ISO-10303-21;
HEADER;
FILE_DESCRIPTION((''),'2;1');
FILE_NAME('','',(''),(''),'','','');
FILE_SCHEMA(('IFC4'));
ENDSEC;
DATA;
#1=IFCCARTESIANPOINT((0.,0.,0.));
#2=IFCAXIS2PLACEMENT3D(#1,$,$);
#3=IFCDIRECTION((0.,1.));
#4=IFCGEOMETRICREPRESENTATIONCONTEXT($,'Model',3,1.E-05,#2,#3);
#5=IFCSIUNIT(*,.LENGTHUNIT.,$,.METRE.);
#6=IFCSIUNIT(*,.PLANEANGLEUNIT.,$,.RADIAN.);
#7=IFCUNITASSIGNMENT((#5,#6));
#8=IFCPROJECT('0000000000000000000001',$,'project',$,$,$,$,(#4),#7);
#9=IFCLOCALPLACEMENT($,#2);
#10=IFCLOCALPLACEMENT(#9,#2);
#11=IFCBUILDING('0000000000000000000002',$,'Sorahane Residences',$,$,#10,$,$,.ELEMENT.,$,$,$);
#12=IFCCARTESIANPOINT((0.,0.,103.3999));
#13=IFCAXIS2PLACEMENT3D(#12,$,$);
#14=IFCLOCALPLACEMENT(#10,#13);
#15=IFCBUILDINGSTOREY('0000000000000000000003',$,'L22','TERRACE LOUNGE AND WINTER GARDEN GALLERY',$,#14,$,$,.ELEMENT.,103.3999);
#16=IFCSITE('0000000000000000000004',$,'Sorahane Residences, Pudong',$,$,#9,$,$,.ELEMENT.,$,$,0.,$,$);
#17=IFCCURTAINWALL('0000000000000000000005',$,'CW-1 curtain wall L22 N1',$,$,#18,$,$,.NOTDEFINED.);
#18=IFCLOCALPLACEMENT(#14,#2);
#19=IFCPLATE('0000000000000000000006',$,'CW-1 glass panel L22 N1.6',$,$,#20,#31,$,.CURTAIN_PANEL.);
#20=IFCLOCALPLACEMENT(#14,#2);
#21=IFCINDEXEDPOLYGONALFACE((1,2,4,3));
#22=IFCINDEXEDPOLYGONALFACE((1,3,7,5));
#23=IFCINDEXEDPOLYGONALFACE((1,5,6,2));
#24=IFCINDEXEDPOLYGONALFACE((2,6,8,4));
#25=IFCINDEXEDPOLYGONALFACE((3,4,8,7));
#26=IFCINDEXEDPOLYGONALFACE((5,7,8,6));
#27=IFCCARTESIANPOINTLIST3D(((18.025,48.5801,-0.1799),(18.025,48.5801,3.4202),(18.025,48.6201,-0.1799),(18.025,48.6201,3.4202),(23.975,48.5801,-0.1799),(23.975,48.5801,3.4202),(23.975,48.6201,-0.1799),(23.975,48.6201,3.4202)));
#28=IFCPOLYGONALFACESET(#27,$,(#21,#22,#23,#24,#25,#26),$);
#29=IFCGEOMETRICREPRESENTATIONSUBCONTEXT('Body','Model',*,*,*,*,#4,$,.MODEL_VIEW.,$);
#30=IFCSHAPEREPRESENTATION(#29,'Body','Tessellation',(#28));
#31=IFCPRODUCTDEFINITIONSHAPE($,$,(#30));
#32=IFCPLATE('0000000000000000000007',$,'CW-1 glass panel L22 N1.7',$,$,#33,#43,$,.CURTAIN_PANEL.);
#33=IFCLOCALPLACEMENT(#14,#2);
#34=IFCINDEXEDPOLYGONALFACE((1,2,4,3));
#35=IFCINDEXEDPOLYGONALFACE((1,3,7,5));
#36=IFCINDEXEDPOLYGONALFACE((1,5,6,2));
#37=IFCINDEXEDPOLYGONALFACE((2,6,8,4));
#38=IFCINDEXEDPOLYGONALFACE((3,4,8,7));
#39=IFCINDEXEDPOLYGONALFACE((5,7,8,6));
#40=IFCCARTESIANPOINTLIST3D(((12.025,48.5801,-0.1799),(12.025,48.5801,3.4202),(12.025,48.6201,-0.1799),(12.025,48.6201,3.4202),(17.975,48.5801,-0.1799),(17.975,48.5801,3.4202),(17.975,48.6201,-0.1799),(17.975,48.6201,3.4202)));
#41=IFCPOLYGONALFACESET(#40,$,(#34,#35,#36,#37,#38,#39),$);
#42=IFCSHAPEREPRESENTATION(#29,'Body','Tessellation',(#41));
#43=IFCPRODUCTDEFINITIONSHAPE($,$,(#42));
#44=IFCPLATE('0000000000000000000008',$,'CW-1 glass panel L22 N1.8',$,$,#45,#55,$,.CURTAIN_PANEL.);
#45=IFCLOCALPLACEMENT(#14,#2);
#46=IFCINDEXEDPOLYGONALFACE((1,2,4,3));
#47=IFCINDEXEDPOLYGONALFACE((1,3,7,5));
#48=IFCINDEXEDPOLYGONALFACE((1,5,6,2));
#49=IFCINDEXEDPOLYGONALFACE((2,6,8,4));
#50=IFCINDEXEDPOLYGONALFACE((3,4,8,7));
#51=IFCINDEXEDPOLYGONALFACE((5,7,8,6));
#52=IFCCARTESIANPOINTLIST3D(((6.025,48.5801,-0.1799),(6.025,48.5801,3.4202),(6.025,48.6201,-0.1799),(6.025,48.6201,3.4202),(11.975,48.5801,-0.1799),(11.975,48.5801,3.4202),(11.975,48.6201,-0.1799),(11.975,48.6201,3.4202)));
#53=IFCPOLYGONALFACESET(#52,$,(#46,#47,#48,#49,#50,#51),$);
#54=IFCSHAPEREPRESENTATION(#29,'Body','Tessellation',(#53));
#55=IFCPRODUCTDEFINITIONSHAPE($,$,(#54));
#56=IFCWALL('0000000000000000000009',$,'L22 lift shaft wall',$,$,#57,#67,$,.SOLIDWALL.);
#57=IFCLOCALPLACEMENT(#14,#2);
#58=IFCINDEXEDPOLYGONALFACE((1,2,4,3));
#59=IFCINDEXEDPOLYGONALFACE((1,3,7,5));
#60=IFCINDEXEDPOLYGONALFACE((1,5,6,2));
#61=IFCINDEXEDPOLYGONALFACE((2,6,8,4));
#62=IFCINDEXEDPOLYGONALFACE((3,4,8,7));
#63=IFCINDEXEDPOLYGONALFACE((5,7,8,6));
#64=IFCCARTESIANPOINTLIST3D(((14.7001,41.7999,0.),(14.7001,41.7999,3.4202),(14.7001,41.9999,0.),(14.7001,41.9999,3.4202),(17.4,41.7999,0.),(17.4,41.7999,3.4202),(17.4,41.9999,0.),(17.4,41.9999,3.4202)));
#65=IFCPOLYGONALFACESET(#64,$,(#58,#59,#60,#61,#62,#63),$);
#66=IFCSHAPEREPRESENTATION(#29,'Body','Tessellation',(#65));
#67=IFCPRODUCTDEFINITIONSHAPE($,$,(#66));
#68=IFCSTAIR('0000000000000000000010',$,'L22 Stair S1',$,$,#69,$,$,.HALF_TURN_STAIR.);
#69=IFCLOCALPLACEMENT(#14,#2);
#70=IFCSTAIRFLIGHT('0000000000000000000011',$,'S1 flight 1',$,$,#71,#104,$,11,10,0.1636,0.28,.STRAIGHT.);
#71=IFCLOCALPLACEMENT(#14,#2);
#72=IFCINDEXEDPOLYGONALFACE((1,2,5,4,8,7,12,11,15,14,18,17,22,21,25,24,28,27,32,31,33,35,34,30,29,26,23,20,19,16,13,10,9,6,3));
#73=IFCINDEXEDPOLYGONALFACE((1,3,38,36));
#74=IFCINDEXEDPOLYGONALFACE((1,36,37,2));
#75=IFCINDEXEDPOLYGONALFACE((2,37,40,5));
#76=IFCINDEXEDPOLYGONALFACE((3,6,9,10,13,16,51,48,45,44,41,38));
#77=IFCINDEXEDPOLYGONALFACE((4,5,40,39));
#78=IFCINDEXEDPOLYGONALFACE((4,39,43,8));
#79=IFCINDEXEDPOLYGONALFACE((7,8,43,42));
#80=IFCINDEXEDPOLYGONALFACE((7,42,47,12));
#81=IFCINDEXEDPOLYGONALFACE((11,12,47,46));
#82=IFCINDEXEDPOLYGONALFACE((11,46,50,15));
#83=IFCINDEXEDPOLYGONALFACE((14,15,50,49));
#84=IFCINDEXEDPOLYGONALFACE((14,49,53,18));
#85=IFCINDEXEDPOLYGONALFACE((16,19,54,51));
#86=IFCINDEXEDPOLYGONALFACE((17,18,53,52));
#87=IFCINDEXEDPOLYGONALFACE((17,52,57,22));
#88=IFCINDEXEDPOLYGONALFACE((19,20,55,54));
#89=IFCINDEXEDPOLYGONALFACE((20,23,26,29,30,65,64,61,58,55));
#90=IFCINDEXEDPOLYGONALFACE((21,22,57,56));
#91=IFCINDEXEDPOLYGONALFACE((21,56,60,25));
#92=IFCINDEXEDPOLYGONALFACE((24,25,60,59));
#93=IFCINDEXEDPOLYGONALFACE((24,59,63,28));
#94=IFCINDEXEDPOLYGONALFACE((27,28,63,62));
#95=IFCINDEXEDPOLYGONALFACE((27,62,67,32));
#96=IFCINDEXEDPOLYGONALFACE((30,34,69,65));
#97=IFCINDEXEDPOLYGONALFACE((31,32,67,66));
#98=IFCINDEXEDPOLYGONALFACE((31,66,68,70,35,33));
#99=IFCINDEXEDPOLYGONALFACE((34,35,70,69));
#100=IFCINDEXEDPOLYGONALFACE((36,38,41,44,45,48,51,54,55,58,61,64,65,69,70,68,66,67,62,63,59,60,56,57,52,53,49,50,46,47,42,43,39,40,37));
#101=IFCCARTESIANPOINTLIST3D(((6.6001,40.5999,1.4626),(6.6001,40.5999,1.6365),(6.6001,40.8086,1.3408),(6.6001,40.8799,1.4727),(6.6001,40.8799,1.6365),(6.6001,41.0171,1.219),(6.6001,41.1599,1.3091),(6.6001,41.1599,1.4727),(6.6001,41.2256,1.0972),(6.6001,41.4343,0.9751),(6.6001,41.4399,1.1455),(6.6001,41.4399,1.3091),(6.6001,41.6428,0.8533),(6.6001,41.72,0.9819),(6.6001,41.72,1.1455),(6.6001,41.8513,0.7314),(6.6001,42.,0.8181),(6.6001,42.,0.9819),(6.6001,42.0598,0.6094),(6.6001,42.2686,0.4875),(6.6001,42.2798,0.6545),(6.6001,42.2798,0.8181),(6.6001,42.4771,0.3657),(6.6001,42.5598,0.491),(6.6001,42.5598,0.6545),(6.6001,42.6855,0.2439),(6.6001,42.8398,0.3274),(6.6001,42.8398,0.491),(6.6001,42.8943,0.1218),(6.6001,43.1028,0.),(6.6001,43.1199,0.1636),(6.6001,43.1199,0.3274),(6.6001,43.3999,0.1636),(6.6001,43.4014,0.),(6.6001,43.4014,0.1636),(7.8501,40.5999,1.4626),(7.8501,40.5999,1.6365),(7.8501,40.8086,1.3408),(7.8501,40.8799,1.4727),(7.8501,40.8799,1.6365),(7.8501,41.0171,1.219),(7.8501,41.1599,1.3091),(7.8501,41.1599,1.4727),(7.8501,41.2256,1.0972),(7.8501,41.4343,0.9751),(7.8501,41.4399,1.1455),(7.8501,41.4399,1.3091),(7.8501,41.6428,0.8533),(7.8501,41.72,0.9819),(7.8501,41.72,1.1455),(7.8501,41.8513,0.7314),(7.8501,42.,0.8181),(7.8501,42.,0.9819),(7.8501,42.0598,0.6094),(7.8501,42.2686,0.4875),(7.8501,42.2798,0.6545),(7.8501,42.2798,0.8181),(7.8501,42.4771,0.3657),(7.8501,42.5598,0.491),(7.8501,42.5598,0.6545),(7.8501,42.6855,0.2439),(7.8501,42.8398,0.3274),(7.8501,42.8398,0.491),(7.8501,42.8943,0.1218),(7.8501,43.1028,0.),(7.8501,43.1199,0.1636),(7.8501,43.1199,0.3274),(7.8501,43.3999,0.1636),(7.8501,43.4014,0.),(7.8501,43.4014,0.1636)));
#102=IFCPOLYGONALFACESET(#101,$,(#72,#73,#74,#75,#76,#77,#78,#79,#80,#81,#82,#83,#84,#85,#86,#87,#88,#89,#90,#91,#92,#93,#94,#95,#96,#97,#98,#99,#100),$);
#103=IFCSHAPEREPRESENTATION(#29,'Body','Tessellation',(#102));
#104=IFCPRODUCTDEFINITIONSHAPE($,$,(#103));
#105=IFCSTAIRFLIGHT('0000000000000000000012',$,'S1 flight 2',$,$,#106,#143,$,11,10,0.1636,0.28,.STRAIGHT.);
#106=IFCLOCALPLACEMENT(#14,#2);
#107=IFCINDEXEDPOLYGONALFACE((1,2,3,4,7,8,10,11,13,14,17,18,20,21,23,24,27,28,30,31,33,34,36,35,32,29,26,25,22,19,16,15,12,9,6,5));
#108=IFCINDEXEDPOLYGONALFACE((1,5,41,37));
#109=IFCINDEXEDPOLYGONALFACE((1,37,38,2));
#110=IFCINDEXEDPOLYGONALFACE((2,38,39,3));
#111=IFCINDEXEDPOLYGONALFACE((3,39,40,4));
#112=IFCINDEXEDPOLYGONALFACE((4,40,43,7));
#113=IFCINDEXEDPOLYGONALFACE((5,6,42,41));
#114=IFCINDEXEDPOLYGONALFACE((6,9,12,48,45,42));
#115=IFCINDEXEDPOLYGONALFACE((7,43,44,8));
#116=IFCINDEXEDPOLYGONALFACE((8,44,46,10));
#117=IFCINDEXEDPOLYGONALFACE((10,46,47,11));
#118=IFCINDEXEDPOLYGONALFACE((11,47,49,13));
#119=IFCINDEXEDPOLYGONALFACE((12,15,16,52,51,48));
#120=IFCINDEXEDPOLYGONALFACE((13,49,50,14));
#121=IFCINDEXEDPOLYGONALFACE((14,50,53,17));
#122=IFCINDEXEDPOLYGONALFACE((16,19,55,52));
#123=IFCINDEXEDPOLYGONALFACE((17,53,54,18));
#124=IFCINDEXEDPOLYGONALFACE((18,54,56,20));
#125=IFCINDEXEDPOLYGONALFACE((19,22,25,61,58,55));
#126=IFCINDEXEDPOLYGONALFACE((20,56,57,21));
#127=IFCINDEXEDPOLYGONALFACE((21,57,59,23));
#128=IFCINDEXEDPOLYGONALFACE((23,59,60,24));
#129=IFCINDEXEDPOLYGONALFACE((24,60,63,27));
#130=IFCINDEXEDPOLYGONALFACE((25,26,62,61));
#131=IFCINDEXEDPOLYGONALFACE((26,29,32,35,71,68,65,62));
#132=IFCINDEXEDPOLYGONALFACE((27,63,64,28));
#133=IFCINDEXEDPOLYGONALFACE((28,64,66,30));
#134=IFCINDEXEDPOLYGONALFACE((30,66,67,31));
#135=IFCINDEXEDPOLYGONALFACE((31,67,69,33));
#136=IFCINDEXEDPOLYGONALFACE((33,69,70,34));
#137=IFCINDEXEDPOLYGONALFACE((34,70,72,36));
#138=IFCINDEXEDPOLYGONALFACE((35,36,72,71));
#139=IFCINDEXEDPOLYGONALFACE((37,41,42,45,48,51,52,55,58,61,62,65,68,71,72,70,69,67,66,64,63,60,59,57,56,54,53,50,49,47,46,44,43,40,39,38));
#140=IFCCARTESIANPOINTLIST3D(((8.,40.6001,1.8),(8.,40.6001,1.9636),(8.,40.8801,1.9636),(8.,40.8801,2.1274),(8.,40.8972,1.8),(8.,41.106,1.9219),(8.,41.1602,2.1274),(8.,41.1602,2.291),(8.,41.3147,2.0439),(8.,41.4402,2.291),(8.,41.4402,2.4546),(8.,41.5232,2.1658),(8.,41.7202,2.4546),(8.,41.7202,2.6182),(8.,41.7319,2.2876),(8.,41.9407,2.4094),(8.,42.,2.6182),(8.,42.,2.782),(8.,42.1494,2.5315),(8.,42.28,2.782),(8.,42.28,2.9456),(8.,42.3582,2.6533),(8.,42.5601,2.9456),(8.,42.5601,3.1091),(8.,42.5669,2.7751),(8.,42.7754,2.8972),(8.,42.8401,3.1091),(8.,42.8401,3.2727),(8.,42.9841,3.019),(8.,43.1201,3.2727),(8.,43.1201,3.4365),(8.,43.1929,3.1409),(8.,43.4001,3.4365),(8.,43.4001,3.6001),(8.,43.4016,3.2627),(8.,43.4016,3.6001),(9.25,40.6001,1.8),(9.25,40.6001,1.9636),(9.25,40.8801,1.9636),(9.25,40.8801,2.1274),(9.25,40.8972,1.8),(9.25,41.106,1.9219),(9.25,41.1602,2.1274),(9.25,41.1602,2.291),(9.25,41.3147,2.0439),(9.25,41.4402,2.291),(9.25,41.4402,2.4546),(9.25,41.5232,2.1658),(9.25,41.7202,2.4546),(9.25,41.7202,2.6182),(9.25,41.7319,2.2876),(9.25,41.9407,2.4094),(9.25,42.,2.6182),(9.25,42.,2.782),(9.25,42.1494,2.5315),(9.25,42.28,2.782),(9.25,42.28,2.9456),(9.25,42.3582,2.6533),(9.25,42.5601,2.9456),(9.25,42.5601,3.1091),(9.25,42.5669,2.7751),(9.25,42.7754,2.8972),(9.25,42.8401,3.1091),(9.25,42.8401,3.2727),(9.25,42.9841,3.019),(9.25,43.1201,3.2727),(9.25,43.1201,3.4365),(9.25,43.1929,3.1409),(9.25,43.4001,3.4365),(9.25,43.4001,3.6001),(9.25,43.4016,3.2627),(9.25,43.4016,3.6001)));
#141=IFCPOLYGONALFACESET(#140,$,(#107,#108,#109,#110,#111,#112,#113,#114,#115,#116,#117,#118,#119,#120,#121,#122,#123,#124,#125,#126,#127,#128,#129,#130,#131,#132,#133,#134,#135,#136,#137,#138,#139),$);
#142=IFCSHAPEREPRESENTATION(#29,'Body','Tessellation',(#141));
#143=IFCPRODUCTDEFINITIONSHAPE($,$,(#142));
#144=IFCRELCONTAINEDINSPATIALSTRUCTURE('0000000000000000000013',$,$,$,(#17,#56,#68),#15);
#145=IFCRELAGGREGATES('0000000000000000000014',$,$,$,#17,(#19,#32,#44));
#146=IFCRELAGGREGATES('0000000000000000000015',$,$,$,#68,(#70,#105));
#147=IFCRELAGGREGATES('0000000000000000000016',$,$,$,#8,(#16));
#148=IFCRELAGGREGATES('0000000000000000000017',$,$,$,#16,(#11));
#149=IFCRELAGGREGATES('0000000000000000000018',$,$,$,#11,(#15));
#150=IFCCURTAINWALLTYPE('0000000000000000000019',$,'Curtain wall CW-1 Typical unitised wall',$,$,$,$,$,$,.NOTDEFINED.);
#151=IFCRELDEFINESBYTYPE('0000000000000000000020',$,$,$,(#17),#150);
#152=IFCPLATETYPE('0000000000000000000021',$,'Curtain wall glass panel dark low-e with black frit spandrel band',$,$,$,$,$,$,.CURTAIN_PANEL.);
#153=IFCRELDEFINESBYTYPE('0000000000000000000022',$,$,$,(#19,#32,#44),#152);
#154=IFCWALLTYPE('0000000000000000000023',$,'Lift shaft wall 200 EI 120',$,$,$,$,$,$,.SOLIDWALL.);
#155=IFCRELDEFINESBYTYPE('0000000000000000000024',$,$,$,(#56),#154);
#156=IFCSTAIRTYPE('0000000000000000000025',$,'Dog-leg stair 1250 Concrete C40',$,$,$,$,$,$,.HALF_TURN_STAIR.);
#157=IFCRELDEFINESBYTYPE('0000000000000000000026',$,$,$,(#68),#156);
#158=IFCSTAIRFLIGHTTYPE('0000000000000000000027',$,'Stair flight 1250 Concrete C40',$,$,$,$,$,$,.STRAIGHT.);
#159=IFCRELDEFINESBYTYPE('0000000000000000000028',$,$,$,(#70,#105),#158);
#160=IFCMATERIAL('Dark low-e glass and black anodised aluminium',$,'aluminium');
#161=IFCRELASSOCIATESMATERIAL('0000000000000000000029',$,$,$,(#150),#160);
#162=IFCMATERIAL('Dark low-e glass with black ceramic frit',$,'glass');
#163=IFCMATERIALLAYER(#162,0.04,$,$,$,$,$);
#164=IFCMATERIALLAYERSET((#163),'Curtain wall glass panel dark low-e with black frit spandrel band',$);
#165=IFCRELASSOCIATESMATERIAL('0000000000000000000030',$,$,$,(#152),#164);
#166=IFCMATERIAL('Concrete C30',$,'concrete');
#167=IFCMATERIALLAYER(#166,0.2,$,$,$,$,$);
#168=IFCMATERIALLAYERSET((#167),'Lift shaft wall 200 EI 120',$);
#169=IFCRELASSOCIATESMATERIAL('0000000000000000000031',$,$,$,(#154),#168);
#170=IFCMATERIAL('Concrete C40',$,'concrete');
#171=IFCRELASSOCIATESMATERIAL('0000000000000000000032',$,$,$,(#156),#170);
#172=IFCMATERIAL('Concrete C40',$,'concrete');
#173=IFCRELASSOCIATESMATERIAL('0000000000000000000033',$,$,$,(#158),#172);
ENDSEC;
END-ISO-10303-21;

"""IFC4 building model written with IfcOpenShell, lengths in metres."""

from ifc_helpers import new_model, si_unit, direction, frame, frame_2d, origin, origin_2d, place, context, subcontext, project, spatial, polyline, rectangle, outline, extrude, material, layer, layer_set, type_object, element, aggregate, save


model = new_model("IFC4")

# Units and contexts
model_context = context("Model", 3, precision=1e-05, world=origin(), true_north=direction((0.0, 1.0)))
body_context = subcontext(model_context, "Body", "Model", "MODEL_VIEW")
ifc_project = project(units=[si_unit("LENGTHUNIT", "METRE"), si_unit("PLANEANGLEUNIT", "RADIAN")], contexts=[model_context])

# Site, building, storey
site_placement = place(None, origin())
site = spatial("IfcSite", under=ifc_project, at=site_placement, Name="Sorahane Residences, Pudong", CompositionType="ELEMENT", RefElevation=0.0)
building_placement = place(site_placement, origin())
building = spatial("IfcBuilding", under=site, at=building_placement, Name="Sorahane Residences", CompositionType="ELEMENT")
storey_placement = place(building_placement, frame((0.0, 0.0, 103.3999)))
storey = spatial("IfcBuildingStorey", under=building, at=storey_placement, Name="L22", Description="TERRACE LOUNGE AND WINTER GARDEN GALLERY", CompositionType="ELEMENT", Elevation=103.3999)

# Curtain wall
ifc_material_1 = material(Name="Dark low-e glass and black anodised aluminium", Category="aluminium")
curtain_wall_type = type_object("IfcCurtainWallType", Name="Curtain wall CW-1 Typical unitised wall", PredefinedType="NOTDEFINED", material=ifc_material_1)
curtain_wall_placement = place(storey_placement, origin())
curtain_wall = element("IfcCurtainWall", 1, at=curtain_wall_placement, inside=storey, type_object=curtain_wall_type, Name="CW-1 curtain wall L22 N1", PredefinedType="NOTDEFINED")

# Plates
ifc_material_2 = material(Name="Dark low-e glass with black ceramic frit", Category="glass")
ifc_layer_1 = layer(ifc_material_2, 0.04)
ifc_layer_set_1 = layer_set([ifc_layer_1], Name="Curtain wall glass panel dark low-e with black frit spandrel band")
plate_type = type_object("IfcPlateType", Name="Curtain wall glass panel dark low-e with black frit spandrel band", PredefinedType="CURTAIN_PANEL", material=ifc_layer_set_1)
plate_1_placement = place(storey_placement, frame((21.0, 48.6001, -0.1799), z_axis=(0.0, 0.0, 1.0), x_axis=(-1.0, 0.0, 0.0)))
plate_1 = element("IfcPlate", 2, at=plate_1_placement, type_object=plate_type, Name="CW-1 glass panel L22 N1.6", PredefinedType="CURTAIN_PANEL", context=body_context, shape_type="SweptSolid", body=[
    extrude(rectangle(XDim=5.95, YDim=0.04, at=origin_2d()), origin(), (0.0, 0.0, 1.0), 3.6001),
])
plate_2_placement = place(storey_placement, frame((15.0, 48.6001, -0.1799), z_axis=(0.0, 0.0, 1.0), x_axis=(-1.0, 0.0, 0.0)))
plate_2 = element("IfcPlate", 3, at=plate_2_placement, type_object=plate_type, Name="CW-1 glass panel L22 N1.7", PredefinedType="CURTAIN_PANEL", context=body_context, shape_type="SweptSolid", body=[
    extrude(rectangle(XDim=5.95, YDim=0.04, at=origin_2d()), origin(), (0.0, 0.0, 1.0), 3.6001),
])
plate_3_placement = place(storey_placement, frame((9.0, 48.6001, -0.1799), z_axis=(0.0, 0.0, 1.0), x_axis=(-1.0, 0.0, 0.0)))
plate_3 = element("IfcPlate", 4, at=plate_3_placement, type_object=plate_type, Name="CW-1 glass panel L22 N1.8", PredefinedType="CURTAIN_PANEL", context=body_context, shape_type="SweptSolid", body=[
    extrude(rectangle(XDim=5.95, YDim=0.04, at=origin_2d()), origin(), (0.0, 0.0, 1.0), 3.6001),
])
aggregate(curtain_wall, [plate_1, plate_2, plate_3])

# Wall
ifc_material_3 = material(Name="Concrete C30", Category="concrete")
ifc_layer_2 = layer(ifc_material_3, 0.2)
ifc_layer_set_2 = layer_set([ifc_layer_2], Name="Lift shaft wall 200 EI 120")
wall_type = type_object("IfcWallType", Name="Lift shaft wall 200 EI 120", PredefinedType="SOLIDWALL", material=ifc_layer_set_2)
wall_placement = place(storey_placement, frame((14.7, 41.8999, 0.0), z_axis=(0.0, 0.0, 1.0), x_axis=(1.0, 0.0, 0.0)))
element("IfcWall", 5, at=wall_placement, inside=storey, type_object=wall_type, Name="L22 lift shaft wall", PredefinedType="SOLIDWALL", context=body_context, shape_type="SweptSolid", body=[
    extrude(rectangle(XDim=2.7, YDim=0.2, at=frame_2d((1.3501, 0.0))), origin(), (0.0, 0.0, 1.0), 3.4202),
])

# Stair, stair flights
ifc_material_4 = material(Name="Concrete C40", Category="concrete")
stair_type = type_object("IfcStairType", Name="Dog-leg stair 1250 Concrete C40", PredefinedType="HALF_TURN_STAIR", material=ifc_material_4)
stair_1_placement = place(storey_placement, origin())
stair_1 = element("IfcStair", 6, at=stair_1_placement, inside=storey, type_object=stair_type, Name="L22 Stair S1", PredefinedType="HALF_TURN_STAIR")
ifc_material_5 = material(Name="Concrete C40", Category="concrete")
stair_flight_type = type_object("IfcStairFlightType", Name="Stair flight 1250 Concrete C40", PredefinedType="STRAIGHT", material=ifc_material_5)
stair_flight_1_placement = place(storey_placement, frame((7.2251, 43.3999, 0.0), z_axis=(0.0, 0.0, 1.0), x_axis=(0.0, -1.0, 0.0)))
stair_flight_1 = element("IfcStairFlight", 7, at=stair_flight_1_placement, type_object=stair_flight_type, Name="S1 flight 1", NumberOfRisers=11, NumberOfTreads=10, PredefinedType="STRAIGHT", RiserHeight=0.1636, TreadLength=0.28, context=body_context, shape_type="SweptSolid", body=[
    extrude(outline(polyline([(-0.0015, 0.0), (-0.0015, 0.1636), (0.0, 0.1636), (0.28, 0.1636), (0.28, 0.3274), (0.5601, 0.3274), (0.5601, 0.491), (0.8401, 0.491), (0.8401, 0.6545), (1.1201, 0.6545), (1.1201, 0.8181), (1.3999, 0.8181), (1.3999, 0.9819), (1.6799, 0.9819), (1.6799, 1.1455), (1.96, 1.1455), (1.96, 1.3091), (2.24, 1.3091), (2.24, 1.4727), (2.52, 1.4727), (2.52, 1.6365), (2.8, 1.6365), (2.8, 1.8), (2.8, 1.4626), (2.5913, 1.3408), (2.3828, 1.219), (2.1743, 1.0972), (1.9656, 0.9751), (1.7571, 0.8533), (1.5486, 0.7314), (1.3401, 0.6094), (1.1313, 0.4875), (0.9229, 0.3657), (0.7144, 0.2439), (0.5056, 0.1218), (0.2971, 0.0), (-0.0015, 0.0)])), frame((0.0, 0.625, 0.0), z_axis=(0.0, -1.0, 0.0), x_axis=(1.0, 0.0, 0.0)), (0.0, 0.0, 1.0), 1.25),
])
stair_flight_2_placement = place(storey_placement, frame((8.625, 40.6001, 1.8), z_axis=(0.0, 0.0, 1.0), x_axis=(0.0, 1.0, 0.0)))
stair_flight_2 = element("IfcStairFlight", 8, at=stair_flight_2_placement, type_object=stair_flight_type, Name="S1 flight 2", NumberOfRisers=11, NumberOfTreads=10, PredefinedType="STRAIGHT", RiserHeight=0.1636, TreadLength=0.28, context=body_context, shape_type="SweptSolid", body=[
    extrude(outline(polyline([(0.0, 0.0), (0.0, 0.1636), (0.28, 0.1636), (0.28, 0.3274), (0.5601, 0.3274), (0.5601, 0.491), (0.8401, 0.491), (0.8401, 0.6545), (1.1201, 0.6545), (1.1201, 0.8181), (1.3999, 0.8181), (1.3999, 0.9819), (1.6799, 0.9819), (1.6799, 1.1455), (1.96, 1.1455), (1.96, 1.3091), (2.24, 1.3091), (2.24, 1.4727), (2.52, 1.4727), (2.52, 1.6365), (2.8, 1.6365), (2.8, 1.8), (2.8015, 1.8), (2.8015, 1.4626), (2.5928, 1.3408), (2.384, 1.219), (2.1753, 1.0972), (1.9668, 0.9751), (1.7581, 0.8533), (1.5493, 0.7314), (1.3406, 0.6094), (1.1318, 0.4875), (0.9231, 0.3657), (0.7146, 0.2439), (0.5059, 0.1218), (0.2971, 0.0), (0.0, 0.0)])), frame((0.0, 0.625, 0.0), z_axis=(0.0, -1.0, 0.0), x_axis=(1.0, 0.0, 0.0)), (0.0, 0.0, 1.0), 1.25),
])
aggregate(stair_1, [stair_flight_1, stair_flight_2])

save(model, "model.ifc")
